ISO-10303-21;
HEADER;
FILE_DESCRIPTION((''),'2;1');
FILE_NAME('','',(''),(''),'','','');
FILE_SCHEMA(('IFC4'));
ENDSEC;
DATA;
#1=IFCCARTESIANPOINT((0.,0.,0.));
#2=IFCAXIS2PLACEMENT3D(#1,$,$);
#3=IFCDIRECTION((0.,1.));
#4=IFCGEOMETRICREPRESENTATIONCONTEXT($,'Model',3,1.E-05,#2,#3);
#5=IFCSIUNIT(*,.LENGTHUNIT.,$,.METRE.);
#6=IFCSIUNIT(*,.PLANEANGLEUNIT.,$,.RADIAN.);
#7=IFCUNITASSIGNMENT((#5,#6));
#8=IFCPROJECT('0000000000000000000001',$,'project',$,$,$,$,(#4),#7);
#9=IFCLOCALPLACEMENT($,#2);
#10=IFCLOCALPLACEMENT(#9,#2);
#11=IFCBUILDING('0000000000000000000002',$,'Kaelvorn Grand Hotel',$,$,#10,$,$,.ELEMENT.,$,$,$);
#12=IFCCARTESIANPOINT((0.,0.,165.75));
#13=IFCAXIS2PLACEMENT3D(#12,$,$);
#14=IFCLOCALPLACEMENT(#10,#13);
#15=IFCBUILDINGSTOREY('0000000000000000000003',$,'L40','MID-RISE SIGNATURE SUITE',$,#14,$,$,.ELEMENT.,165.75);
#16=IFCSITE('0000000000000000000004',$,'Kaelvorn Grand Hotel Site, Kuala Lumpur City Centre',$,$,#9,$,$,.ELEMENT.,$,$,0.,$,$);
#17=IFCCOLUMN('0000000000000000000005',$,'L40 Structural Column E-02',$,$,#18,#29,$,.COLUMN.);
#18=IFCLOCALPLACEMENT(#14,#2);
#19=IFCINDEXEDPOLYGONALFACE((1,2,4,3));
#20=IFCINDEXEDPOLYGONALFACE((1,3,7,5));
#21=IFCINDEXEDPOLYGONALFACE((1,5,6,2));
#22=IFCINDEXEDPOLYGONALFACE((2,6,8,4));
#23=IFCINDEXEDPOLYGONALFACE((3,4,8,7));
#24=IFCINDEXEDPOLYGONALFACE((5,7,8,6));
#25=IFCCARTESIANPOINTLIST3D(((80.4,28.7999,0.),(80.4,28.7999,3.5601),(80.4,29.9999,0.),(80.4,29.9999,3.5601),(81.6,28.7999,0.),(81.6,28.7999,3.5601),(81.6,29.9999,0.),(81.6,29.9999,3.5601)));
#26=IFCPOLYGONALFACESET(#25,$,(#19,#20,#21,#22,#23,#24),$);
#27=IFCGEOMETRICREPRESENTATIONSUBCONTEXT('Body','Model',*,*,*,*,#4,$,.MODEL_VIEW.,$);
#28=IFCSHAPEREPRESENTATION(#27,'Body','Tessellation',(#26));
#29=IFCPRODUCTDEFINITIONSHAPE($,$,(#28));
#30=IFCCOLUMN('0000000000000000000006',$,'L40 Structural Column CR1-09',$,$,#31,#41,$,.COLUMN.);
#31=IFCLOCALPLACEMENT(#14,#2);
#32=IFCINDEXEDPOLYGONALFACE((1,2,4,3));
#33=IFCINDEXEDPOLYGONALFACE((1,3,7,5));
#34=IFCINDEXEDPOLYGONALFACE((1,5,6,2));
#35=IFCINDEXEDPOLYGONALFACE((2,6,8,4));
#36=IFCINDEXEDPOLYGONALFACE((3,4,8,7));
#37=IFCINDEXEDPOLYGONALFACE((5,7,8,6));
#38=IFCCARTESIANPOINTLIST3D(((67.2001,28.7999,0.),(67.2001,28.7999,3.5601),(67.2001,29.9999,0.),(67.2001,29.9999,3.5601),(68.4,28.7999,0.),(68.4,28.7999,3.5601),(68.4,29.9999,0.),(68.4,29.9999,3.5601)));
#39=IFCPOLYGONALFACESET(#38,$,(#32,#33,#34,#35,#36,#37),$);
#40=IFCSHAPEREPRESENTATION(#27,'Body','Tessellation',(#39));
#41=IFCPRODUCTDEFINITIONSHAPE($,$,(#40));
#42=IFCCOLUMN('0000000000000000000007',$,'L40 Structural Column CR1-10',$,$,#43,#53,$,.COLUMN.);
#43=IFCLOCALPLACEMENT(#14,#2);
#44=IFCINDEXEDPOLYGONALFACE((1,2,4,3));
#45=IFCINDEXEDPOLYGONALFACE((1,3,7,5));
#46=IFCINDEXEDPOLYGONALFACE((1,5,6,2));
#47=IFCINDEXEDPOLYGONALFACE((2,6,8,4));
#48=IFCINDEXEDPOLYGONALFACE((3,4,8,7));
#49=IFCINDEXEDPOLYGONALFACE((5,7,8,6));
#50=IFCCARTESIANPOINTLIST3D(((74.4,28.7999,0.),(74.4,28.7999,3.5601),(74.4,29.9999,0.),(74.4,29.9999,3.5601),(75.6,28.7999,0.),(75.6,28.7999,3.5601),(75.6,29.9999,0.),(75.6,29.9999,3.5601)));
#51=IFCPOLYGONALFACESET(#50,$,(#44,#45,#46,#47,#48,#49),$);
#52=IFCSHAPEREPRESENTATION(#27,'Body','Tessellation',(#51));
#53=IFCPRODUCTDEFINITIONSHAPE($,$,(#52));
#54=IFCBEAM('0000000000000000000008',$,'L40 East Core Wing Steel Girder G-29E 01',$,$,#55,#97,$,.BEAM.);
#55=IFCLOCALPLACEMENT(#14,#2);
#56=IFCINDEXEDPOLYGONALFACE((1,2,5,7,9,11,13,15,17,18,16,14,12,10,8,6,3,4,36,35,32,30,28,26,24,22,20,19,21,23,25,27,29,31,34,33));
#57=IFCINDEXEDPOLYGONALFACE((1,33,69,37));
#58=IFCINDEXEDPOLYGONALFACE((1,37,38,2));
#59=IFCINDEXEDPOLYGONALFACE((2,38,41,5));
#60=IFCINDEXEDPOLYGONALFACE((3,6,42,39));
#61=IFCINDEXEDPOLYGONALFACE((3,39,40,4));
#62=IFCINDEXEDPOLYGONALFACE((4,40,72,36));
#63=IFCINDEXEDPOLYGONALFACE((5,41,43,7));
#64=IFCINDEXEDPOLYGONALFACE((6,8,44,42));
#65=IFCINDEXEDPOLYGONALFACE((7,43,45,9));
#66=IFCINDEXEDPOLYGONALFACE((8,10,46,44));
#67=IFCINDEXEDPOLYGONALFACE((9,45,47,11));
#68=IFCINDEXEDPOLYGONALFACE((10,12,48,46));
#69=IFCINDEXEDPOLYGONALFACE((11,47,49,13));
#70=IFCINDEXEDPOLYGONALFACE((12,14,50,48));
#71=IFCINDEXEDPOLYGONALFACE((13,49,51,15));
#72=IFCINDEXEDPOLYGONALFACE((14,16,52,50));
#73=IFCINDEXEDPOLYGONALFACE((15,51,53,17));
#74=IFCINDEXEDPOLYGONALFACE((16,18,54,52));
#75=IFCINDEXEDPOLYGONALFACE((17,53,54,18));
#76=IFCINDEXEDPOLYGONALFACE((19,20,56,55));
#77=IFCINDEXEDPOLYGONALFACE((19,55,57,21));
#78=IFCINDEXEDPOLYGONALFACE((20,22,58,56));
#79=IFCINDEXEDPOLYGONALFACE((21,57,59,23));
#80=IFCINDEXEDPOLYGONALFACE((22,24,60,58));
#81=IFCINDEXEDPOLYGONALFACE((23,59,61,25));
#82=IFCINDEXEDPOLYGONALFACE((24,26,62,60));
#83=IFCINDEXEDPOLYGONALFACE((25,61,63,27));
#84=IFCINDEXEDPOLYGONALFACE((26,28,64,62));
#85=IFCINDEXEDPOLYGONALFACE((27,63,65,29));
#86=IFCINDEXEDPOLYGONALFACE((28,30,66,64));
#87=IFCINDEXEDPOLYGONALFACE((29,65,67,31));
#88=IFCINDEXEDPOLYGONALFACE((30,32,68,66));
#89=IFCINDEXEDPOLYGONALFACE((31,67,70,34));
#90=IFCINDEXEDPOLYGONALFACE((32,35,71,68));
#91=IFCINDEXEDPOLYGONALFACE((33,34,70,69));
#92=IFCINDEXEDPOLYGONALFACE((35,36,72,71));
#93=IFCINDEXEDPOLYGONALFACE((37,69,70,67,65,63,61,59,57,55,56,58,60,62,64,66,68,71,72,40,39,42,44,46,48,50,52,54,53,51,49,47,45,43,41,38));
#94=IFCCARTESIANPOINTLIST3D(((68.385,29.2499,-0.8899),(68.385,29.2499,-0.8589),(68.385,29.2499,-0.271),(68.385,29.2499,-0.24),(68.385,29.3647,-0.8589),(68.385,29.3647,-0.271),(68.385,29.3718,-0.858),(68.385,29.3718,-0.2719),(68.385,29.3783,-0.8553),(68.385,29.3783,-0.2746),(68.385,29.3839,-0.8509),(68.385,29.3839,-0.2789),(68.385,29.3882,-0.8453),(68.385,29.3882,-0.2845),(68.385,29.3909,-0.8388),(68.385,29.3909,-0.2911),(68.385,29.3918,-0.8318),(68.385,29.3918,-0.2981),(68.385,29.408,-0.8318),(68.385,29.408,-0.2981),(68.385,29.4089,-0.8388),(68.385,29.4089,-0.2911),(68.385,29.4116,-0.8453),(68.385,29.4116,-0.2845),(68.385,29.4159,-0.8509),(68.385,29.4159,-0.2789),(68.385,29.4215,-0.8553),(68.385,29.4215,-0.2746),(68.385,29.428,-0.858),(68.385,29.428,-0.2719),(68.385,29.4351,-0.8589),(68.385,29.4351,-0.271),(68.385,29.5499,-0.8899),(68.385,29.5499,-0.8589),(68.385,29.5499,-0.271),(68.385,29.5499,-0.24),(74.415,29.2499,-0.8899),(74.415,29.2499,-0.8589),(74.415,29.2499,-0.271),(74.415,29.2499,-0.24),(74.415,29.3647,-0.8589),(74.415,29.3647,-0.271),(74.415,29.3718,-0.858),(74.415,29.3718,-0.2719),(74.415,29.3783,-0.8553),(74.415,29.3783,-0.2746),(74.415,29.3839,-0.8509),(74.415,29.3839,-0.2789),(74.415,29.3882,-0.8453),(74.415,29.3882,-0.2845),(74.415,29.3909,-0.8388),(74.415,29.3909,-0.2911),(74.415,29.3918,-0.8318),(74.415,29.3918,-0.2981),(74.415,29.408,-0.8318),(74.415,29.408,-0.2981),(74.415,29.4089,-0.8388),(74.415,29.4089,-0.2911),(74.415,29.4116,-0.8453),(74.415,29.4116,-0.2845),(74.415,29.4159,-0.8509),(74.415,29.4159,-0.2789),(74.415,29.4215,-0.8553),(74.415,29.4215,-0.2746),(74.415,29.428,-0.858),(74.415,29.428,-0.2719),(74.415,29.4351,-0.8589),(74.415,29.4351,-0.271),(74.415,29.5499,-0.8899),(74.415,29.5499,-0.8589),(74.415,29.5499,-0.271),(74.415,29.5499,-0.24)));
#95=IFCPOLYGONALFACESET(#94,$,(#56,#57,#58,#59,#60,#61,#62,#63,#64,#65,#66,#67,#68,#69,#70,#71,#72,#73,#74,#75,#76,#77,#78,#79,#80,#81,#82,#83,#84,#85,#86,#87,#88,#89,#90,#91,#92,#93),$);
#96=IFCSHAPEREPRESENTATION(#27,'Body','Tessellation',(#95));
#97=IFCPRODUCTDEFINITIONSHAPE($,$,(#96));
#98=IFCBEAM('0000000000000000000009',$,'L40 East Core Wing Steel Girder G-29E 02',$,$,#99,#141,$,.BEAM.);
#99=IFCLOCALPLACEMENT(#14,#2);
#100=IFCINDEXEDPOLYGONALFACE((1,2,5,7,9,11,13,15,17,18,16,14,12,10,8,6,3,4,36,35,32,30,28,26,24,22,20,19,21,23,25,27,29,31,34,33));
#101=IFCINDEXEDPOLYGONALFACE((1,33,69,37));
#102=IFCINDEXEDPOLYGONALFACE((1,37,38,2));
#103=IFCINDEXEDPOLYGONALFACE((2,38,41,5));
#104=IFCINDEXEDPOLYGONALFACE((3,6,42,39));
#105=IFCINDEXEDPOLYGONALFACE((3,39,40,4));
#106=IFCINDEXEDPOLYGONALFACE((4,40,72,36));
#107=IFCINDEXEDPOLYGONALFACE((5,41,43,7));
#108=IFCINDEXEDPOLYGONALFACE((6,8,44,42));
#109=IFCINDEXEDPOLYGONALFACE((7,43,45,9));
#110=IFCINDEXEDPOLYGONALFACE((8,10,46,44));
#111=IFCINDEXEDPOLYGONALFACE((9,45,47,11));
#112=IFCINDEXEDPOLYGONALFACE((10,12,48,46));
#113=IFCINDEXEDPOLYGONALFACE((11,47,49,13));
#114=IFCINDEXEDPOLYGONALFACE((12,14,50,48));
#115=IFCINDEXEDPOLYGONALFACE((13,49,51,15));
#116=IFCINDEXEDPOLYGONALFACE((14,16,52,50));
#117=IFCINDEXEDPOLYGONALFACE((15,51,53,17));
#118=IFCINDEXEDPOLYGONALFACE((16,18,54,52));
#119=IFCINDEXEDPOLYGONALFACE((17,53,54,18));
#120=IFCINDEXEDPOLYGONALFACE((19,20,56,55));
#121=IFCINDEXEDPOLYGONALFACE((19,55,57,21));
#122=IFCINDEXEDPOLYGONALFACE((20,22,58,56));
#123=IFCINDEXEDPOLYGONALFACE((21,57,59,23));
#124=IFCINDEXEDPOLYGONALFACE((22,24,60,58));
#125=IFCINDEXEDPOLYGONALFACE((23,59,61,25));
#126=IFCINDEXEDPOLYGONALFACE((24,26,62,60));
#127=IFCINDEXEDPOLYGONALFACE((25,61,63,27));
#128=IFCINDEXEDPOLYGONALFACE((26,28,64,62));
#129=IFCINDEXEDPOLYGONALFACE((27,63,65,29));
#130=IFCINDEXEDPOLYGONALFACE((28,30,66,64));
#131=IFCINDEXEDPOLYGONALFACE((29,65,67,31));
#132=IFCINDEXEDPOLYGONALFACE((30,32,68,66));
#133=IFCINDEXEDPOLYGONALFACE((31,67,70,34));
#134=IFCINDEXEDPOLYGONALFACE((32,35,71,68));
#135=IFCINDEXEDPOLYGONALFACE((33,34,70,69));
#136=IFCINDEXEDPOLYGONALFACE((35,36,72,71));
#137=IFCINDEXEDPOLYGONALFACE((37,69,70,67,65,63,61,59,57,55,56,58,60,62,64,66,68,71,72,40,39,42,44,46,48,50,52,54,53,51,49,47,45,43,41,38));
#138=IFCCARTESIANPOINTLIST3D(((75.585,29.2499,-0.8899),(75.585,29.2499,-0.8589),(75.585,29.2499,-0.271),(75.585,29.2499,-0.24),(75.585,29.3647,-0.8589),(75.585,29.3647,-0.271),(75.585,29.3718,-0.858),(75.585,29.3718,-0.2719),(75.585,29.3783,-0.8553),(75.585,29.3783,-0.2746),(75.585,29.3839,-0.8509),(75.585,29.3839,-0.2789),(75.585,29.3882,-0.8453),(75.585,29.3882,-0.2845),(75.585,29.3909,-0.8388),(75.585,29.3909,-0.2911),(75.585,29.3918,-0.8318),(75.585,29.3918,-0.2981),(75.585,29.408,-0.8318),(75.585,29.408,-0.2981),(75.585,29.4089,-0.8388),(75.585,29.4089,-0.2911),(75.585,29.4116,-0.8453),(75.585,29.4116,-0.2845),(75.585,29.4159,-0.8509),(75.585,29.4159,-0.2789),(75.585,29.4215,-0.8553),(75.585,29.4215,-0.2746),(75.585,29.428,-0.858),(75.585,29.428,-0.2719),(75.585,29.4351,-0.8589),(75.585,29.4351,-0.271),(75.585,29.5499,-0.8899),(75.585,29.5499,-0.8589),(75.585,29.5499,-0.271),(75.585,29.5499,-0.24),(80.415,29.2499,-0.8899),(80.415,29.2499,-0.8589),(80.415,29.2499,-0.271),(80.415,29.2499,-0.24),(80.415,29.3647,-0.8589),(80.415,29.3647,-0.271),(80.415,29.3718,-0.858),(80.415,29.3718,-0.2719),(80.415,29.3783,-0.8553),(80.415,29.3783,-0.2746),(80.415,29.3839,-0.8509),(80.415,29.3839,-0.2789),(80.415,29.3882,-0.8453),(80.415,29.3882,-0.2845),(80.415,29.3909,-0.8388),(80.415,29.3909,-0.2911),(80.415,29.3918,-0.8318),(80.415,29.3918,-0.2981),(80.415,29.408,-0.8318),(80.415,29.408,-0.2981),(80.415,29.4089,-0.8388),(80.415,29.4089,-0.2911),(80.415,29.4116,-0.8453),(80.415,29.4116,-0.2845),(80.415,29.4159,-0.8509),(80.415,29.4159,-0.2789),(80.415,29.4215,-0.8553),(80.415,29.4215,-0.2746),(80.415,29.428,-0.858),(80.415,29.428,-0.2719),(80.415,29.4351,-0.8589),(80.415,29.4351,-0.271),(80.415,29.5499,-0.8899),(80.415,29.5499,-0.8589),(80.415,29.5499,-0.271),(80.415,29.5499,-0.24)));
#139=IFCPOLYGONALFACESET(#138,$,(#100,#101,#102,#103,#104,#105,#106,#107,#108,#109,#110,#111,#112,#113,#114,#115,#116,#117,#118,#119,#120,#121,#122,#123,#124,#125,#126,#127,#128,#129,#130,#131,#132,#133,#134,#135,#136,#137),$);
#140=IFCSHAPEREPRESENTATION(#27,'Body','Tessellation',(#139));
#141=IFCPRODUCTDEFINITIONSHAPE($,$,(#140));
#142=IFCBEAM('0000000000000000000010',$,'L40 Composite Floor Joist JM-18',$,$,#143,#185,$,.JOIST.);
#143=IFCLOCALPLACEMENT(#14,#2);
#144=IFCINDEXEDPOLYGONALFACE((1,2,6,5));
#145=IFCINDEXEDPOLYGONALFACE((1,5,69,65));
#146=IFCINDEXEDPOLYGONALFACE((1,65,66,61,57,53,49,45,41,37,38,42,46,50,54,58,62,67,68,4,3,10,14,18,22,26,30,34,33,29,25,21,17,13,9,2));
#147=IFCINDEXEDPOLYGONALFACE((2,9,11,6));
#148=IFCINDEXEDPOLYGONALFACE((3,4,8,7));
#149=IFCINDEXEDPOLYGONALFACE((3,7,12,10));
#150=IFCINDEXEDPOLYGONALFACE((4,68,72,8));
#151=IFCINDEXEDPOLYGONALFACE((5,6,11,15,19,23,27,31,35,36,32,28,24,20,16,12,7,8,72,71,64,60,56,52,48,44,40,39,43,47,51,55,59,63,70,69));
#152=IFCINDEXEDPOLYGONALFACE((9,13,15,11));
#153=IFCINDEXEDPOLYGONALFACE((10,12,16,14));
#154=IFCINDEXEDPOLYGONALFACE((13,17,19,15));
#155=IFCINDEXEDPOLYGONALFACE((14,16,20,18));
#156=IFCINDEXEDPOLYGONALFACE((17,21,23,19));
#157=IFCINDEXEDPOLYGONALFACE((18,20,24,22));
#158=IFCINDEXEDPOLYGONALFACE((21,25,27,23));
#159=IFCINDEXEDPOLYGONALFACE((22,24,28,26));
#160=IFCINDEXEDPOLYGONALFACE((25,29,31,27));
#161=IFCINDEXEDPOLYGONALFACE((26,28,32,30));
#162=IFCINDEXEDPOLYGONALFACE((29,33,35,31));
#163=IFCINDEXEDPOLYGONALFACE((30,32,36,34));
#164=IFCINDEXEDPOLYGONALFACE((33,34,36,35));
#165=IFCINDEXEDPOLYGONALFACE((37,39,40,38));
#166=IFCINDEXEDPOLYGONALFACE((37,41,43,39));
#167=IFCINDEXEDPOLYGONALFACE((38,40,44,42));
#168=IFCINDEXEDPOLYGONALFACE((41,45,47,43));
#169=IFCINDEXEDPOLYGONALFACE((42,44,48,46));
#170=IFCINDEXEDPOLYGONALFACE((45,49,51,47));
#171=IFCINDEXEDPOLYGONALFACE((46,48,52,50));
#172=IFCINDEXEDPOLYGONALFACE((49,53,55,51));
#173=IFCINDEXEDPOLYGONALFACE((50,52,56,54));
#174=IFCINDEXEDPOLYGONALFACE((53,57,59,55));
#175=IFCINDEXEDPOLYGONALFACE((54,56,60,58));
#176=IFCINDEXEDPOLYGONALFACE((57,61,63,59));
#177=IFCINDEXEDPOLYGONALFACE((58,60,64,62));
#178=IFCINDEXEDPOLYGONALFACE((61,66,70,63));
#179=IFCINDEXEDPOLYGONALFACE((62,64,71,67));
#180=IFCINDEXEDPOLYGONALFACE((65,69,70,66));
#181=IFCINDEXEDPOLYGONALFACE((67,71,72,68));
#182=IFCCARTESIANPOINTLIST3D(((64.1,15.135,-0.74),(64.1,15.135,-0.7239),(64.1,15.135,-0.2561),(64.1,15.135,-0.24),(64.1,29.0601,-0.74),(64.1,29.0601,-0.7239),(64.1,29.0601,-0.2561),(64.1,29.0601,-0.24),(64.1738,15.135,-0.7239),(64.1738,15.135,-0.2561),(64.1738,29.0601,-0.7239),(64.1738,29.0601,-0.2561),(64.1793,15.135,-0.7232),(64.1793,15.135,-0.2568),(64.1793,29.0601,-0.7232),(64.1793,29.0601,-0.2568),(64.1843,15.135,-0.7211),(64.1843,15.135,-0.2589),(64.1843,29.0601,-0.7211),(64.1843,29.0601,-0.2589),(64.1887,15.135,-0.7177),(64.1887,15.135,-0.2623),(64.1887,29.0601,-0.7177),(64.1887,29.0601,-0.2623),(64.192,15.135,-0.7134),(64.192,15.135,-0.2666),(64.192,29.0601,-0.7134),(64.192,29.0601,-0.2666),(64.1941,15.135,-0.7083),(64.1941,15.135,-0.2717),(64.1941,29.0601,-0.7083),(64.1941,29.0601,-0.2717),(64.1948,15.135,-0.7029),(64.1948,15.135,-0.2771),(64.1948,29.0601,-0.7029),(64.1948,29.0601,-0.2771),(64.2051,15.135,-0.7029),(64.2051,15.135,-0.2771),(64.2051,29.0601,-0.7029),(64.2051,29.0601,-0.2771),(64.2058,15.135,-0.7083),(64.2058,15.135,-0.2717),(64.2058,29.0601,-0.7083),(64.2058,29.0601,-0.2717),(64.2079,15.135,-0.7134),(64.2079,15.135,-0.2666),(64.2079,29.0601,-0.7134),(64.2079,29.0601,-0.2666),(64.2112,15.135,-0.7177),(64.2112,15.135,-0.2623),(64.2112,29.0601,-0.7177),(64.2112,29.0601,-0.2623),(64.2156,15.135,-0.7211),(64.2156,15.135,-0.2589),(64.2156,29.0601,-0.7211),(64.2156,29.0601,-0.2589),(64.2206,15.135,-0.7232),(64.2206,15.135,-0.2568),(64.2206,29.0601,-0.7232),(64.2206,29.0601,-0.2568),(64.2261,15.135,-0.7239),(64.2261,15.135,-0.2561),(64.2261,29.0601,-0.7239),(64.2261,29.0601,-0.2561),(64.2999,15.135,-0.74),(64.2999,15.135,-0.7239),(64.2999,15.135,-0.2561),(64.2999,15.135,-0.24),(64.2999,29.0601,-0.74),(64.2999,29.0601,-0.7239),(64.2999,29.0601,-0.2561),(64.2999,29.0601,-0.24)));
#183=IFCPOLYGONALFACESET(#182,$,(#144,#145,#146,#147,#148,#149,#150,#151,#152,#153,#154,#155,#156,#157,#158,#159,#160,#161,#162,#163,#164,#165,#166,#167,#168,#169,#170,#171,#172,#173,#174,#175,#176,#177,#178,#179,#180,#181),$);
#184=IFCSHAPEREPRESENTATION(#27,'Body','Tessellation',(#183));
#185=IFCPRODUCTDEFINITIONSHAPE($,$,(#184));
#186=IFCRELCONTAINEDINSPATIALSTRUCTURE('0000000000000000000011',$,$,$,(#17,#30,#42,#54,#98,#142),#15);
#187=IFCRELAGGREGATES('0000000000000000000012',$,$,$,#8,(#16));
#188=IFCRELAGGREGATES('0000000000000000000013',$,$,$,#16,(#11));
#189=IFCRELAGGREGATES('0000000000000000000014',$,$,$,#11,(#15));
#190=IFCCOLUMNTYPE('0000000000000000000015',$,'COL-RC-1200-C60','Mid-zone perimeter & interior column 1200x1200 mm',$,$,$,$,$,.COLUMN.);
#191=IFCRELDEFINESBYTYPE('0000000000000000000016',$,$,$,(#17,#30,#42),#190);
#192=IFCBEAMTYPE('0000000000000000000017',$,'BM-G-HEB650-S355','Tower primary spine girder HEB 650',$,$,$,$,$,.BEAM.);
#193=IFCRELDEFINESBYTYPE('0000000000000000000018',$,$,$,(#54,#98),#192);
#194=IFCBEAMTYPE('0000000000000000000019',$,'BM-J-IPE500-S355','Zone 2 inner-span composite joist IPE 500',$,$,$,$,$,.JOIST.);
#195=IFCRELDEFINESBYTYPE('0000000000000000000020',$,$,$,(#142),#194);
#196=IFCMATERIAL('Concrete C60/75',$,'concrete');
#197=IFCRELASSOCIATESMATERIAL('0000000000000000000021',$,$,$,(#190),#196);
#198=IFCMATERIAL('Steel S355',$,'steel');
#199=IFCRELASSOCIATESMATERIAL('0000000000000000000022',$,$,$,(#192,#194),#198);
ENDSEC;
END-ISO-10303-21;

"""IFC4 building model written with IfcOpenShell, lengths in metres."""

from ifc_helpers import new_model, si_unit, direction, frame, origin, origin_2d, place, context, subcontext, project, spatial, rectangle, i_section, extrude, material, material_profile, profile_set, type_object, element, save


model = new_model("IFC4")

# Units and contexts
model_context = context("Model", 3, precision=1e-05, world=origin(), true_north=direction((0.0, 1.0)))
body_context = subcontext(model_context, "Body", "Model", "MODEL_VIEW")
ifc_project = project(units=[si_unit("LENGTHUNIT", "METRE"), si_unit("PLANEANGLEUNIT", "RADIAN")], contexts=[model_context])

# Site, building, storey
site_placement = place(None, origin())
site = spatial("IfcSite", under=ifc_project, at=site_placement, Name="Kaelvorn Grand Hotel Site, Kuala Lumpur City Centre", CompositionType="ELEMENT", RefElevation=0.0)
building_placement = place(site_placement, origin())
building = spatial("IfcBuilding", under=site, at=building_placement, Name="Kaelvorn Grand Hotel", CompositionType="ELEMENT")
storey_placement = place(building_placement, frame((0.0, 0.0, 165.75)))
storey = spatial("IfcBuildingStorey", under=building, at=storey_placement, Name="L40", Description="MID-RISE SIGNATURE SUITE", CompositionType="ELEMENT", Elevation=165.75)

# Columns
ifc_material_1 = material(Name="Concrete C60/75", Category="concrete")
ifc_material_profile_1 = material_profile(ifc_material_1, rectangle(XDim=1.2, YDim=1.2, at=origin_2d()), Name="RC COL 1200x1200")
ifc_profile_set_1 = profile_set([ifc_material_profile_1], Name="Concrete C60/75")
column_type = type_object("IfcColumnType", Name="COL-RC-1200-C60", Description="Mid-zone perimeter & interior column 1200x1200 mm", PredefinedType="COLUMN", material=ifc_profile_set_1)
for number, where, z_axis, x_axis, name in (
    (1, (81.0, 29.3999, 0.0), (0.0, 0.0, 1.0), (1.0, 0.0, 0.0), "L40 Structural Column E-02"),
    (2, (67.8, 29.3999, 0.0), (0.0, 0.0, 1.0), (1.0, 0.0, 0.0), "L40 Structural Column CR1-09"),
    (3, (75.0, 29.3999, 0.0), (0.0, 0.0, 1.0), (1.0, 0.0, 0.0), "L40 Structural Column CR1-10"),
):
    element("IfcColumn", number, at=place(storey_placement, frame(where, z_axis=z_axis, x_axis=x_axis)), inside=storey, type_object=column_type, Name=name, PredefinedType="COLUMN", context=body_context, shape_type="SweptSolid", body=[
        extrude(rectangle(XDim=1.2, YDim=1.2, at=origin_2d()), origin(), (0.0, 0.0, 1.0), 3.5601),
    ])

# Beams
ifc_material_2 = material(Name="Steel S355", Category="steel")
ifc_material_profile_2 = material_profile(ifc_material_2, i_section(OverallWidth=0.3, OverallDepth=0.6499, WebThickness=0.0161, FlangeThickness=0.031, FilletRadius=0.0271, at=origin_2d()), Name="HEB 650")
ifc_profile_set_2 = profile_set([ifc_material_profile_2], Name="Steel S355")
beam_type_1 = type_object("IfcBeamType", Name="BM-G-HEB650-S355", Description="Tower primary spine girder HEB 650", PredefinedType="BEAM", material=ifc_profile_set_2)
beam_1_placement = place(storey_placement, frame((68.385, 29.3999, -0.5649), z_axis=(1.0, 0.0, 0.0), x_axis=(0.0, 1.0, 0.0)))
element("IfcBeam", 4, at=beam_1_placement, inside=storey, type_object=beam_type_1, Name="L40 East Core Wing Steel Girder G-29E 01", PredefinedType="BEAM", context=body_context, shape_type="SweptSolid", body=[
    extrude(i_section(OverallWidth=0.3, OverallDepth=0.6499, WebThickness=0.0161, FlangeThickness=0.031, FilletRadius=0.0271, at=origin_2d()), origin(), (0.0, 0.0, 1.0), 6.03),
])
beam_2_placement = place(storey_placement, frame((75.585, 29.3999, -0.5649), z_axis=(1.0, 0.0, 0.0), x_axis=(0.0, 1.0, 0.0)))
element("IfcBeam", 5, at=beam_2_placement, inside=storey, type_object=beam_type_1, Name="L40 East Core Wing Steel Girder G-29E 02", PredefinedType="BEAM", context=body_context, shape_type="SweptSolid", body=[
    extrude(i_section(OverallWidth=0.3, OverallDepth=0.6499, WebThickness=0.0161, FlangeThickness=0.031, FilletRadius=0.0271, at=origin_2d()), origin(), (0.0, 0.0, 1.0), 4.8301),
])
ifc_material_profile_3 = material_profile(ifc_material_2, i_section(OverallWidth=0.2, OverallDepth=0.5, WebThickness=0.0103, FlangeThickness=0.0161, FilletRadius=0.021, at=origin_2d()), Name="IPE 500")
ifc_profile_set_3 = profile_set([ifc_material_profile_3], Name="Steel S355")
beam_type_2 = type_object("IfcBeamType", Name="BM-J-IPE500-S355", Description="Zone 2 inner-span composite joist IPE 500", PredefinedType="JOIST", material=ifc_profile_set_3)
beam_3_placement = place(storey_placement, frame((64.2, 15.135, -0.49), z_axis=(0.0, 1.0, 0.0), x_axis=(-1.0, 0.0, 0.0)))
element("IfcBeam", 6, at=beam_3_placement, inside=storey, type_object=beam_type_2, Name="L40 Composite Floor Joist JM-18", PredefinedType="JOIST", context=body_context, shape_type="SweptSolid", body=[
    extrude(i_section(OverallWidth=0.2, OverallDepth=0.5, WebThickness=0.0103, FlangeThickness=0.0161, FilletRadius=0.021, at=origin_2d()), origin(), (0.0, 0.0, 1.0), 13.925),
])

save(model, "model.ifc")
